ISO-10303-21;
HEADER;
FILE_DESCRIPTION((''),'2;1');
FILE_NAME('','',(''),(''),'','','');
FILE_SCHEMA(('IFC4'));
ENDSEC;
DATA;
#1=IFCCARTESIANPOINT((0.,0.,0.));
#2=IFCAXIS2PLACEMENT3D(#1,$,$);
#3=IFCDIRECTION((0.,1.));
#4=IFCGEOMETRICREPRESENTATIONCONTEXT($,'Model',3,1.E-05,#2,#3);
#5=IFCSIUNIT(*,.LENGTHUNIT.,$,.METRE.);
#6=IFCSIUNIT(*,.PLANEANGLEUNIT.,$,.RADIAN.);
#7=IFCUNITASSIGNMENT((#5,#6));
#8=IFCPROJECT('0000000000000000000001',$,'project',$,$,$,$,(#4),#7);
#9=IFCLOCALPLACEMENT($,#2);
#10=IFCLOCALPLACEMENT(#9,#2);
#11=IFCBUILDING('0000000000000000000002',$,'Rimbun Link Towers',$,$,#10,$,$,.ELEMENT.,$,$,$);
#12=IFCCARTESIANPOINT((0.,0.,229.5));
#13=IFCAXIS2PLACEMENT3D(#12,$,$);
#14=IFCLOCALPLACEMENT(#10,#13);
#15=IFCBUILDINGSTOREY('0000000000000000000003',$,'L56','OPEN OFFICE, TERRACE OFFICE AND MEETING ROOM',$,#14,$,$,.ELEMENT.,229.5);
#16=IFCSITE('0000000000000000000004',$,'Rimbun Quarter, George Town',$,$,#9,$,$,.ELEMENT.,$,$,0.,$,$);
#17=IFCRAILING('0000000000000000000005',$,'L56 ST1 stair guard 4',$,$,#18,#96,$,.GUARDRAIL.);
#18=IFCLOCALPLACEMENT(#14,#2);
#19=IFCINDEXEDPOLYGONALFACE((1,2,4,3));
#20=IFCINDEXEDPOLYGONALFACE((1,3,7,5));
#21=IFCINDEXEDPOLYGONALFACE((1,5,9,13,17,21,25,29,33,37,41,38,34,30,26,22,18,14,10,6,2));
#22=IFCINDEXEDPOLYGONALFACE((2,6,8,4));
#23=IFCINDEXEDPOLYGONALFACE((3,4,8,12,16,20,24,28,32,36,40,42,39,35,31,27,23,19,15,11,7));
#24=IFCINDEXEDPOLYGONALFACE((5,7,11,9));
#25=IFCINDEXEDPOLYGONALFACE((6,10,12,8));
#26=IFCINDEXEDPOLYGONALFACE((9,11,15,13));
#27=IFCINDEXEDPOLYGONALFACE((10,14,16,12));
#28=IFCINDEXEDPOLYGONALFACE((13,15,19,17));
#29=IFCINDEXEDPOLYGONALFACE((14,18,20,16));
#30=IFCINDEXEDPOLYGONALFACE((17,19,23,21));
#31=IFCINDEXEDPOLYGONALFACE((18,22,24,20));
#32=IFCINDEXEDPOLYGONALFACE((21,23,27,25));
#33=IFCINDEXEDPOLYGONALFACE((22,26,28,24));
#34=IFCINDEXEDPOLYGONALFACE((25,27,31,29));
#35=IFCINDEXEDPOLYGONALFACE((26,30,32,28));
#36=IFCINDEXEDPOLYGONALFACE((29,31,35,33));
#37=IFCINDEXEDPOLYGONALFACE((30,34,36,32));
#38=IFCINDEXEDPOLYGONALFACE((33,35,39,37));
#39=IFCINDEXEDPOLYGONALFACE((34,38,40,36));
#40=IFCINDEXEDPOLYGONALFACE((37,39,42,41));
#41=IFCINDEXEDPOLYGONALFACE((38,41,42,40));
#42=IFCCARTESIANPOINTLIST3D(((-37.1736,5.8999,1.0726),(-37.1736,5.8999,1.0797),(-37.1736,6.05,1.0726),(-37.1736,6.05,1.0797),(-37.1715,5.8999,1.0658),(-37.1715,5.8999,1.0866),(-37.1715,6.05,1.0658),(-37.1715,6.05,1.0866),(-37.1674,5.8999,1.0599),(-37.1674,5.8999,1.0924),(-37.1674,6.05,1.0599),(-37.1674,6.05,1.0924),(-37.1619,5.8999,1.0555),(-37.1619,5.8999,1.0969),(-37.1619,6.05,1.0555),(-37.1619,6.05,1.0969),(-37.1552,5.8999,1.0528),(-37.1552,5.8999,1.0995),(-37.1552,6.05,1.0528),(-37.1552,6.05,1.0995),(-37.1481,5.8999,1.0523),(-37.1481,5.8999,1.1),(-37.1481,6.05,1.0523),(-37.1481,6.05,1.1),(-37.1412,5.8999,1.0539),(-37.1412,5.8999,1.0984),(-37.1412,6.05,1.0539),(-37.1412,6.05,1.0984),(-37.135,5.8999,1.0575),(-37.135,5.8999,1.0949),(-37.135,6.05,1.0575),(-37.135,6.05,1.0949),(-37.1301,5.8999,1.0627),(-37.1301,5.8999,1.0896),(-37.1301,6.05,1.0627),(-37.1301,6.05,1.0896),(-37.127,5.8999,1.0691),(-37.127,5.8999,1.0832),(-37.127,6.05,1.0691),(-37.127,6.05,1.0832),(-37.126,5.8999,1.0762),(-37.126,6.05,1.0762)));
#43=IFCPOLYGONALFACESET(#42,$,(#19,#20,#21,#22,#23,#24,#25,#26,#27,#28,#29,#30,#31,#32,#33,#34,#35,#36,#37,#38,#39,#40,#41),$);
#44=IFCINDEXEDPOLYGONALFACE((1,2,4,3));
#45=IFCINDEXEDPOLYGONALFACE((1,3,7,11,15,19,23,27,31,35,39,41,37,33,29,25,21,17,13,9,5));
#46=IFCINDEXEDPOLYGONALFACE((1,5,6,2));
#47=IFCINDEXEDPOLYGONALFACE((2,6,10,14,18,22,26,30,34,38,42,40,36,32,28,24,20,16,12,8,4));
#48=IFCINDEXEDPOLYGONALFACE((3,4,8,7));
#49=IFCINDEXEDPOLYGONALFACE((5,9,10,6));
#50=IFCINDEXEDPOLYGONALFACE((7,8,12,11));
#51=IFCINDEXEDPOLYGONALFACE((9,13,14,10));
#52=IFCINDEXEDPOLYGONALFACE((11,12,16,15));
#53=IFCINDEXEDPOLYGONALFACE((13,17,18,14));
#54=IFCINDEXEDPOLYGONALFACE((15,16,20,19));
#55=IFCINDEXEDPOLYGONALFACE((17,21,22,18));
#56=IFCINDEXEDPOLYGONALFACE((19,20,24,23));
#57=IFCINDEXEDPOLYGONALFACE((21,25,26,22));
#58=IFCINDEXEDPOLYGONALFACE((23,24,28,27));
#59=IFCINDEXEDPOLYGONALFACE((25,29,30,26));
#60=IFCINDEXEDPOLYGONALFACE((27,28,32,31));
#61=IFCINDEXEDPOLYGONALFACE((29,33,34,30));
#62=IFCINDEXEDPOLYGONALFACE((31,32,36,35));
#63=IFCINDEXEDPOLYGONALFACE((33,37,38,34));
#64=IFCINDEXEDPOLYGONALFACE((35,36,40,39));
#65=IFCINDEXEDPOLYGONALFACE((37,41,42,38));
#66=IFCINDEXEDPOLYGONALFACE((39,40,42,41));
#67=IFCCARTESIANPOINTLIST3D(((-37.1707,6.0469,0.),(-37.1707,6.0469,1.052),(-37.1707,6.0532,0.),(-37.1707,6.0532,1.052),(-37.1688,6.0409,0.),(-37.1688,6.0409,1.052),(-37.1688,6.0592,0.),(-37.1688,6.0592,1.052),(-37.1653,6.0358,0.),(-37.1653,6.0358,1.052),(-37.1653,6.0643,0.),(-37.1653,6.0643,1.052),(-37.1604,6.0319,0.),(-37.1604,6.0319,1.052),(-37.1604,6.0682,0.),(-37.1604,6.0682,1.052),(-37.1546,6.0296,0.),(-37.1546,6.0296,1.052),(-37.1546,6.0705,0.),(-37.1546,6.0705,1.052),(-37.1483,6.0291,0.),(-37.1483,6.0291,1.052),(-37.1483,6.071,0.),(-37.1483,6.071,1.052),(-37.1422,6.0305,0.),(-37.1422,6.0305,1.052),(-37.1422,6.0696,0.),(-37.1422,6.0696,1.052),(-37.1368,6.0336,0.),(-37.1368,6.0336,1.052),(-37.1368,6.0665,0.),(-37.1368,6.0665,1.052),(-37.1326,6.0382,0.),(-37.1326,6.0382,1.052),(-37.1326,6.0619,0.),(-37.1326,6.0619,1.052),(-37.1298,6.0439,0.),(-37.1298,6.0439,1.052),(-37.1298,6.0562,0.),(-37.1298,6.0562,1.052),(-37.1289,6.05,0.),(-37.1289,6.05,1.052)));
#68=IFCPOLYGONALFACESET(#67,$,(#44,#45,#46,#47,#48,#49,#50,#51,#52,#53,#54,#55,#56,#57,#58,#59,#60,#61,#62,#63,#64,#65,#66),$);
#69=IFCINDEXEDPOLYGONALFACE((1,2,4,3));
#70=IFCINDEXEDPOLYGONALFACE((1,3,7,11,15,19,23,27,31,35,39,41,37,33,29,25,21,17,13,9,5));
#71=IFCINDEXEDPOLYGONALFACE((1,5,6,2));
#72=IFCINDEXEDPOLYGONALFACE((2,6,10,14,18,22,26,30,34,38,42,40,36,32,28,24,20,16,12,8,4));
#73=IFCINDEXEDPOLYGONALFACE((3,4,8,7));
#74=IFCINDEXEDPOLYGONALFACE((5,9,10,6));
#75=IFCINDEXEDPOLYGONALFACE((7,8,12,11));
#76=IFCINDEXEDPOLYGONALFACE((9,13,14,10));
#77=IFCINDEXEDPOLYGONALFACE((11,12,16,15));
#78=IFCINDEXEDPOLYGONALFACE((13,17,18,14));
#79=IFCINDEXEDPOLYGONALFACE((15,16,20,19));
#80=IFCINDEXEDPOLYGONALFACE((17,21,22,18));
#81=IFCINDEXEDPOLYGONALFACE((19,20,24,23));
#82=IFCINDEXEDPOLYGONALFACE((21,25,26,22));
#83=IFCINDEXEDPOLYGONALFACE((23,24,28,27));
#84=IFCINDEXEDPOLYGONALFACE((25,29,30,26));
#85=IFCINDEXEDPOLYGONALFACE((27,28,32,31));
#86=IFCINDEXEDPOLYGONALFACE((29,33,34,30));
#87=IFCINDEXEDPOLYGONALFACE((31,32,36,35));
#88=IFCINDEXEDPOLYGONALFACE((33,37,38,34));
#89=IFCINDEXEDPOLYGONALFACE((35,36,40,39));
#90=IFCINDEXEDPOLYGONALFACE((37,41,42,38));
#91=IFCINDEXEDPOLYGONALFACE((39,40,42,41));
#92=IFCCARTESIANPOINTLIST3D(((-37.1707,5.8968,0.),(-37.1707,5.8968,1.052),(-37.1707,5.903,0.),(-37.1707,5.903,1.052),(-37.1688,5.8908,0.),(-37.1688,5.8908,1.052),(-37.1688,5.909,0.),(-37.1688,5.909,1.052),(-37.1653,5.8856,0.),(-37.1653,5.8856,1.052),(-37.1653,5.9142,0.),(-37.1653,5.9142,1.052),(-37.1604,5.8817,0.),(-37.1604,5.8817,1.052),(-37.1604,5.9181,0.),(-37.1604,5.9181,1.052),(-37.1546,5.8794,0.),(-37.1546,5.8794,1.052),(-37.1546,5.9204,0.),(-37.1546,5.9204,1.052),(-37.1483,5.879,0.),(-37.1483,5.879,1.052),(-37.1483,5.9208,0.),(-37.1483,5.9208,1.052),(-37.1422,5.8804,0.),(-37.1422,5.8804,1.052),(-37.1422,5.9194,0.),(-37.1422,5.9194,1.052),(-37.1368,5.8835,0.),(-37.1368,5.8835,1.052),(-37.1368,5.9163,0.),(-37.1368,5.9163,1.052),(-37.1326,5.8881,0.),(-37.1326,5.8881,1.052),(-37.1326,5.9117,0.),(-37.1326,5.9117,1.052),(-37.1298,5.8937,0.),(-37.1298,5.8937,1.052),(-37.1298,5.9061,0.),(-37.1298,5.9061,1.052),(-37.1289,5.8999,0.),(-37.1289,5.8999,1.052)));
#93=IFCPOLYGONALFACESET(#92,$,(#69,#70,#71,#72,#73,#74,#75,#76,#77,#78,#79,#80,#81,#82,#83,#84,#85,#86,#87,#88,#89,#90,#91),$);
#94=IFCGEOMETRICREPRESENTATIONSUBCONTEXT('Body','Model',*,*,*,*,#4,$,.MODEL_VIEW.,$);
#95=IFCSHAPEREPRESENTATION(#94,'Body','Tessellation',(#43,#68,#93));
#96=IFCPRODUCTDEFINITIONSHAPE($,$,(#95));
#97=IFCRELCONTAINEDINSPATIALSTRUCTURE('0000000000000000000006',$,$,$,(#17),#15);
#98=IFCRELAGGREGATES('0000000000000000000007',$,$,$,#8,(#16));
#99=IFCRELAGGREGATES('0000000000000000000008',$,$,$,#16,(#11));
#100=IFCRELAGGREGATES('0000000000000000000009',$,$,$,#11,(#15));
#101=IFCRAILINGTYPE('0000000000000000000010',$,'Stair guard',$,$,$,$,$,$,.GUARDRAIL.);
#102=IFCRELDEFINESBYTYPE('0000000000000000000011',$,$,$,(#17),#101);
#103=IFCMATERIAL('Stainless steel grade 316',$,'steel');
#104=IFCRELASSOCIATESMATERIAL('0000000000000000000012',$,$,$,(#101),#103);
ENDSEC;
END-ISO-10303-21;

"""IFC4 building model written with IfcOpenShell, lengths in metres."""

from ifc_helpers import new_model, si_unit, direction, frame, origin, origin_2d, place, context, subcontext, project, spatial, circle, extrude, material, type_object, element, save


model = new_model("IFC4")

# Units and contexts
model_context = context("Model", 3, precision=1e-05, world=origin(), true_north=direction((0.0, 1.0)))
body_context = subcontext(model_context, "Body", "Model", "MODEL_VIEW")
ifc_project = project(units=[si_unit("LENGTHUNIT", "METRE"), si_unit("PLANEANGLEUNIT", "RADIAN")], contexts=[model_context])

# Site, building, storey
site_placement = place(None, origin())
site = spatial("IfcSite", under=ifc_project, at=site_placement, Name="Rimbun Quarter, George Town", CompositionType="ELEMENT", RefElevation=0.0)
building_placement = place(site_placement, origin())
building = spatial("IfcBuilding", under=site, at=building_placement, Name="Rimbun Link Towers", CompositionType="ELEMENT")
storey_placement = place(building_placement, frame((0.0, 0.0, 229.5)))
storey = spatial("IfcBuildingStorey", under=building, at=storey_placement, Name="L56", Description="OPEN OFFICE, TERRACE OFFICE AND MEETING ROOM", CompositionType="ELEMENT", Elevation=229.5)

# Railing
ifc_material_1 = material(Name="Stainless steel grade 316", Category="steel")
railing_type_1 = type_object("IfcRailingType", Name="Stair guard", PredefinedType="GUARDRAIL", material=ifc_material_1)
railing_1_placement = place(storey_placement, frame((-37.1499, 6.05, 0.0)))
element("IfcRailing", 1, at=railing_1_placement, inside=storey, type_object=railing_type_1, Name="L56 ST1 stair guard 4", PredefinedType="GUARDRAIL", context=body_context, shape_type="SweptSolid", body=[
    extrude(circle(Radius=0.0239, at=origin_2d()), frame((0.0, 0.0, 1.0762), z_axis=(0.0, -1.0, 0.0), x_axis=(1.0, 0.0, 0.0)), (0.0, 0.0, 1.0), 0.1501),
    extrude(circle(Radius=0.021, at=origin_2d()), origin(), (0.0, 0.0, 1.0), 1.052),
    extrude(circle(Radius=0.021, at=origin_2d()), frame((0.0, -0.1501, 0.0)), (0.0, 0.0, 1.0), 1.052),
])

save(model, "model.ifc")
